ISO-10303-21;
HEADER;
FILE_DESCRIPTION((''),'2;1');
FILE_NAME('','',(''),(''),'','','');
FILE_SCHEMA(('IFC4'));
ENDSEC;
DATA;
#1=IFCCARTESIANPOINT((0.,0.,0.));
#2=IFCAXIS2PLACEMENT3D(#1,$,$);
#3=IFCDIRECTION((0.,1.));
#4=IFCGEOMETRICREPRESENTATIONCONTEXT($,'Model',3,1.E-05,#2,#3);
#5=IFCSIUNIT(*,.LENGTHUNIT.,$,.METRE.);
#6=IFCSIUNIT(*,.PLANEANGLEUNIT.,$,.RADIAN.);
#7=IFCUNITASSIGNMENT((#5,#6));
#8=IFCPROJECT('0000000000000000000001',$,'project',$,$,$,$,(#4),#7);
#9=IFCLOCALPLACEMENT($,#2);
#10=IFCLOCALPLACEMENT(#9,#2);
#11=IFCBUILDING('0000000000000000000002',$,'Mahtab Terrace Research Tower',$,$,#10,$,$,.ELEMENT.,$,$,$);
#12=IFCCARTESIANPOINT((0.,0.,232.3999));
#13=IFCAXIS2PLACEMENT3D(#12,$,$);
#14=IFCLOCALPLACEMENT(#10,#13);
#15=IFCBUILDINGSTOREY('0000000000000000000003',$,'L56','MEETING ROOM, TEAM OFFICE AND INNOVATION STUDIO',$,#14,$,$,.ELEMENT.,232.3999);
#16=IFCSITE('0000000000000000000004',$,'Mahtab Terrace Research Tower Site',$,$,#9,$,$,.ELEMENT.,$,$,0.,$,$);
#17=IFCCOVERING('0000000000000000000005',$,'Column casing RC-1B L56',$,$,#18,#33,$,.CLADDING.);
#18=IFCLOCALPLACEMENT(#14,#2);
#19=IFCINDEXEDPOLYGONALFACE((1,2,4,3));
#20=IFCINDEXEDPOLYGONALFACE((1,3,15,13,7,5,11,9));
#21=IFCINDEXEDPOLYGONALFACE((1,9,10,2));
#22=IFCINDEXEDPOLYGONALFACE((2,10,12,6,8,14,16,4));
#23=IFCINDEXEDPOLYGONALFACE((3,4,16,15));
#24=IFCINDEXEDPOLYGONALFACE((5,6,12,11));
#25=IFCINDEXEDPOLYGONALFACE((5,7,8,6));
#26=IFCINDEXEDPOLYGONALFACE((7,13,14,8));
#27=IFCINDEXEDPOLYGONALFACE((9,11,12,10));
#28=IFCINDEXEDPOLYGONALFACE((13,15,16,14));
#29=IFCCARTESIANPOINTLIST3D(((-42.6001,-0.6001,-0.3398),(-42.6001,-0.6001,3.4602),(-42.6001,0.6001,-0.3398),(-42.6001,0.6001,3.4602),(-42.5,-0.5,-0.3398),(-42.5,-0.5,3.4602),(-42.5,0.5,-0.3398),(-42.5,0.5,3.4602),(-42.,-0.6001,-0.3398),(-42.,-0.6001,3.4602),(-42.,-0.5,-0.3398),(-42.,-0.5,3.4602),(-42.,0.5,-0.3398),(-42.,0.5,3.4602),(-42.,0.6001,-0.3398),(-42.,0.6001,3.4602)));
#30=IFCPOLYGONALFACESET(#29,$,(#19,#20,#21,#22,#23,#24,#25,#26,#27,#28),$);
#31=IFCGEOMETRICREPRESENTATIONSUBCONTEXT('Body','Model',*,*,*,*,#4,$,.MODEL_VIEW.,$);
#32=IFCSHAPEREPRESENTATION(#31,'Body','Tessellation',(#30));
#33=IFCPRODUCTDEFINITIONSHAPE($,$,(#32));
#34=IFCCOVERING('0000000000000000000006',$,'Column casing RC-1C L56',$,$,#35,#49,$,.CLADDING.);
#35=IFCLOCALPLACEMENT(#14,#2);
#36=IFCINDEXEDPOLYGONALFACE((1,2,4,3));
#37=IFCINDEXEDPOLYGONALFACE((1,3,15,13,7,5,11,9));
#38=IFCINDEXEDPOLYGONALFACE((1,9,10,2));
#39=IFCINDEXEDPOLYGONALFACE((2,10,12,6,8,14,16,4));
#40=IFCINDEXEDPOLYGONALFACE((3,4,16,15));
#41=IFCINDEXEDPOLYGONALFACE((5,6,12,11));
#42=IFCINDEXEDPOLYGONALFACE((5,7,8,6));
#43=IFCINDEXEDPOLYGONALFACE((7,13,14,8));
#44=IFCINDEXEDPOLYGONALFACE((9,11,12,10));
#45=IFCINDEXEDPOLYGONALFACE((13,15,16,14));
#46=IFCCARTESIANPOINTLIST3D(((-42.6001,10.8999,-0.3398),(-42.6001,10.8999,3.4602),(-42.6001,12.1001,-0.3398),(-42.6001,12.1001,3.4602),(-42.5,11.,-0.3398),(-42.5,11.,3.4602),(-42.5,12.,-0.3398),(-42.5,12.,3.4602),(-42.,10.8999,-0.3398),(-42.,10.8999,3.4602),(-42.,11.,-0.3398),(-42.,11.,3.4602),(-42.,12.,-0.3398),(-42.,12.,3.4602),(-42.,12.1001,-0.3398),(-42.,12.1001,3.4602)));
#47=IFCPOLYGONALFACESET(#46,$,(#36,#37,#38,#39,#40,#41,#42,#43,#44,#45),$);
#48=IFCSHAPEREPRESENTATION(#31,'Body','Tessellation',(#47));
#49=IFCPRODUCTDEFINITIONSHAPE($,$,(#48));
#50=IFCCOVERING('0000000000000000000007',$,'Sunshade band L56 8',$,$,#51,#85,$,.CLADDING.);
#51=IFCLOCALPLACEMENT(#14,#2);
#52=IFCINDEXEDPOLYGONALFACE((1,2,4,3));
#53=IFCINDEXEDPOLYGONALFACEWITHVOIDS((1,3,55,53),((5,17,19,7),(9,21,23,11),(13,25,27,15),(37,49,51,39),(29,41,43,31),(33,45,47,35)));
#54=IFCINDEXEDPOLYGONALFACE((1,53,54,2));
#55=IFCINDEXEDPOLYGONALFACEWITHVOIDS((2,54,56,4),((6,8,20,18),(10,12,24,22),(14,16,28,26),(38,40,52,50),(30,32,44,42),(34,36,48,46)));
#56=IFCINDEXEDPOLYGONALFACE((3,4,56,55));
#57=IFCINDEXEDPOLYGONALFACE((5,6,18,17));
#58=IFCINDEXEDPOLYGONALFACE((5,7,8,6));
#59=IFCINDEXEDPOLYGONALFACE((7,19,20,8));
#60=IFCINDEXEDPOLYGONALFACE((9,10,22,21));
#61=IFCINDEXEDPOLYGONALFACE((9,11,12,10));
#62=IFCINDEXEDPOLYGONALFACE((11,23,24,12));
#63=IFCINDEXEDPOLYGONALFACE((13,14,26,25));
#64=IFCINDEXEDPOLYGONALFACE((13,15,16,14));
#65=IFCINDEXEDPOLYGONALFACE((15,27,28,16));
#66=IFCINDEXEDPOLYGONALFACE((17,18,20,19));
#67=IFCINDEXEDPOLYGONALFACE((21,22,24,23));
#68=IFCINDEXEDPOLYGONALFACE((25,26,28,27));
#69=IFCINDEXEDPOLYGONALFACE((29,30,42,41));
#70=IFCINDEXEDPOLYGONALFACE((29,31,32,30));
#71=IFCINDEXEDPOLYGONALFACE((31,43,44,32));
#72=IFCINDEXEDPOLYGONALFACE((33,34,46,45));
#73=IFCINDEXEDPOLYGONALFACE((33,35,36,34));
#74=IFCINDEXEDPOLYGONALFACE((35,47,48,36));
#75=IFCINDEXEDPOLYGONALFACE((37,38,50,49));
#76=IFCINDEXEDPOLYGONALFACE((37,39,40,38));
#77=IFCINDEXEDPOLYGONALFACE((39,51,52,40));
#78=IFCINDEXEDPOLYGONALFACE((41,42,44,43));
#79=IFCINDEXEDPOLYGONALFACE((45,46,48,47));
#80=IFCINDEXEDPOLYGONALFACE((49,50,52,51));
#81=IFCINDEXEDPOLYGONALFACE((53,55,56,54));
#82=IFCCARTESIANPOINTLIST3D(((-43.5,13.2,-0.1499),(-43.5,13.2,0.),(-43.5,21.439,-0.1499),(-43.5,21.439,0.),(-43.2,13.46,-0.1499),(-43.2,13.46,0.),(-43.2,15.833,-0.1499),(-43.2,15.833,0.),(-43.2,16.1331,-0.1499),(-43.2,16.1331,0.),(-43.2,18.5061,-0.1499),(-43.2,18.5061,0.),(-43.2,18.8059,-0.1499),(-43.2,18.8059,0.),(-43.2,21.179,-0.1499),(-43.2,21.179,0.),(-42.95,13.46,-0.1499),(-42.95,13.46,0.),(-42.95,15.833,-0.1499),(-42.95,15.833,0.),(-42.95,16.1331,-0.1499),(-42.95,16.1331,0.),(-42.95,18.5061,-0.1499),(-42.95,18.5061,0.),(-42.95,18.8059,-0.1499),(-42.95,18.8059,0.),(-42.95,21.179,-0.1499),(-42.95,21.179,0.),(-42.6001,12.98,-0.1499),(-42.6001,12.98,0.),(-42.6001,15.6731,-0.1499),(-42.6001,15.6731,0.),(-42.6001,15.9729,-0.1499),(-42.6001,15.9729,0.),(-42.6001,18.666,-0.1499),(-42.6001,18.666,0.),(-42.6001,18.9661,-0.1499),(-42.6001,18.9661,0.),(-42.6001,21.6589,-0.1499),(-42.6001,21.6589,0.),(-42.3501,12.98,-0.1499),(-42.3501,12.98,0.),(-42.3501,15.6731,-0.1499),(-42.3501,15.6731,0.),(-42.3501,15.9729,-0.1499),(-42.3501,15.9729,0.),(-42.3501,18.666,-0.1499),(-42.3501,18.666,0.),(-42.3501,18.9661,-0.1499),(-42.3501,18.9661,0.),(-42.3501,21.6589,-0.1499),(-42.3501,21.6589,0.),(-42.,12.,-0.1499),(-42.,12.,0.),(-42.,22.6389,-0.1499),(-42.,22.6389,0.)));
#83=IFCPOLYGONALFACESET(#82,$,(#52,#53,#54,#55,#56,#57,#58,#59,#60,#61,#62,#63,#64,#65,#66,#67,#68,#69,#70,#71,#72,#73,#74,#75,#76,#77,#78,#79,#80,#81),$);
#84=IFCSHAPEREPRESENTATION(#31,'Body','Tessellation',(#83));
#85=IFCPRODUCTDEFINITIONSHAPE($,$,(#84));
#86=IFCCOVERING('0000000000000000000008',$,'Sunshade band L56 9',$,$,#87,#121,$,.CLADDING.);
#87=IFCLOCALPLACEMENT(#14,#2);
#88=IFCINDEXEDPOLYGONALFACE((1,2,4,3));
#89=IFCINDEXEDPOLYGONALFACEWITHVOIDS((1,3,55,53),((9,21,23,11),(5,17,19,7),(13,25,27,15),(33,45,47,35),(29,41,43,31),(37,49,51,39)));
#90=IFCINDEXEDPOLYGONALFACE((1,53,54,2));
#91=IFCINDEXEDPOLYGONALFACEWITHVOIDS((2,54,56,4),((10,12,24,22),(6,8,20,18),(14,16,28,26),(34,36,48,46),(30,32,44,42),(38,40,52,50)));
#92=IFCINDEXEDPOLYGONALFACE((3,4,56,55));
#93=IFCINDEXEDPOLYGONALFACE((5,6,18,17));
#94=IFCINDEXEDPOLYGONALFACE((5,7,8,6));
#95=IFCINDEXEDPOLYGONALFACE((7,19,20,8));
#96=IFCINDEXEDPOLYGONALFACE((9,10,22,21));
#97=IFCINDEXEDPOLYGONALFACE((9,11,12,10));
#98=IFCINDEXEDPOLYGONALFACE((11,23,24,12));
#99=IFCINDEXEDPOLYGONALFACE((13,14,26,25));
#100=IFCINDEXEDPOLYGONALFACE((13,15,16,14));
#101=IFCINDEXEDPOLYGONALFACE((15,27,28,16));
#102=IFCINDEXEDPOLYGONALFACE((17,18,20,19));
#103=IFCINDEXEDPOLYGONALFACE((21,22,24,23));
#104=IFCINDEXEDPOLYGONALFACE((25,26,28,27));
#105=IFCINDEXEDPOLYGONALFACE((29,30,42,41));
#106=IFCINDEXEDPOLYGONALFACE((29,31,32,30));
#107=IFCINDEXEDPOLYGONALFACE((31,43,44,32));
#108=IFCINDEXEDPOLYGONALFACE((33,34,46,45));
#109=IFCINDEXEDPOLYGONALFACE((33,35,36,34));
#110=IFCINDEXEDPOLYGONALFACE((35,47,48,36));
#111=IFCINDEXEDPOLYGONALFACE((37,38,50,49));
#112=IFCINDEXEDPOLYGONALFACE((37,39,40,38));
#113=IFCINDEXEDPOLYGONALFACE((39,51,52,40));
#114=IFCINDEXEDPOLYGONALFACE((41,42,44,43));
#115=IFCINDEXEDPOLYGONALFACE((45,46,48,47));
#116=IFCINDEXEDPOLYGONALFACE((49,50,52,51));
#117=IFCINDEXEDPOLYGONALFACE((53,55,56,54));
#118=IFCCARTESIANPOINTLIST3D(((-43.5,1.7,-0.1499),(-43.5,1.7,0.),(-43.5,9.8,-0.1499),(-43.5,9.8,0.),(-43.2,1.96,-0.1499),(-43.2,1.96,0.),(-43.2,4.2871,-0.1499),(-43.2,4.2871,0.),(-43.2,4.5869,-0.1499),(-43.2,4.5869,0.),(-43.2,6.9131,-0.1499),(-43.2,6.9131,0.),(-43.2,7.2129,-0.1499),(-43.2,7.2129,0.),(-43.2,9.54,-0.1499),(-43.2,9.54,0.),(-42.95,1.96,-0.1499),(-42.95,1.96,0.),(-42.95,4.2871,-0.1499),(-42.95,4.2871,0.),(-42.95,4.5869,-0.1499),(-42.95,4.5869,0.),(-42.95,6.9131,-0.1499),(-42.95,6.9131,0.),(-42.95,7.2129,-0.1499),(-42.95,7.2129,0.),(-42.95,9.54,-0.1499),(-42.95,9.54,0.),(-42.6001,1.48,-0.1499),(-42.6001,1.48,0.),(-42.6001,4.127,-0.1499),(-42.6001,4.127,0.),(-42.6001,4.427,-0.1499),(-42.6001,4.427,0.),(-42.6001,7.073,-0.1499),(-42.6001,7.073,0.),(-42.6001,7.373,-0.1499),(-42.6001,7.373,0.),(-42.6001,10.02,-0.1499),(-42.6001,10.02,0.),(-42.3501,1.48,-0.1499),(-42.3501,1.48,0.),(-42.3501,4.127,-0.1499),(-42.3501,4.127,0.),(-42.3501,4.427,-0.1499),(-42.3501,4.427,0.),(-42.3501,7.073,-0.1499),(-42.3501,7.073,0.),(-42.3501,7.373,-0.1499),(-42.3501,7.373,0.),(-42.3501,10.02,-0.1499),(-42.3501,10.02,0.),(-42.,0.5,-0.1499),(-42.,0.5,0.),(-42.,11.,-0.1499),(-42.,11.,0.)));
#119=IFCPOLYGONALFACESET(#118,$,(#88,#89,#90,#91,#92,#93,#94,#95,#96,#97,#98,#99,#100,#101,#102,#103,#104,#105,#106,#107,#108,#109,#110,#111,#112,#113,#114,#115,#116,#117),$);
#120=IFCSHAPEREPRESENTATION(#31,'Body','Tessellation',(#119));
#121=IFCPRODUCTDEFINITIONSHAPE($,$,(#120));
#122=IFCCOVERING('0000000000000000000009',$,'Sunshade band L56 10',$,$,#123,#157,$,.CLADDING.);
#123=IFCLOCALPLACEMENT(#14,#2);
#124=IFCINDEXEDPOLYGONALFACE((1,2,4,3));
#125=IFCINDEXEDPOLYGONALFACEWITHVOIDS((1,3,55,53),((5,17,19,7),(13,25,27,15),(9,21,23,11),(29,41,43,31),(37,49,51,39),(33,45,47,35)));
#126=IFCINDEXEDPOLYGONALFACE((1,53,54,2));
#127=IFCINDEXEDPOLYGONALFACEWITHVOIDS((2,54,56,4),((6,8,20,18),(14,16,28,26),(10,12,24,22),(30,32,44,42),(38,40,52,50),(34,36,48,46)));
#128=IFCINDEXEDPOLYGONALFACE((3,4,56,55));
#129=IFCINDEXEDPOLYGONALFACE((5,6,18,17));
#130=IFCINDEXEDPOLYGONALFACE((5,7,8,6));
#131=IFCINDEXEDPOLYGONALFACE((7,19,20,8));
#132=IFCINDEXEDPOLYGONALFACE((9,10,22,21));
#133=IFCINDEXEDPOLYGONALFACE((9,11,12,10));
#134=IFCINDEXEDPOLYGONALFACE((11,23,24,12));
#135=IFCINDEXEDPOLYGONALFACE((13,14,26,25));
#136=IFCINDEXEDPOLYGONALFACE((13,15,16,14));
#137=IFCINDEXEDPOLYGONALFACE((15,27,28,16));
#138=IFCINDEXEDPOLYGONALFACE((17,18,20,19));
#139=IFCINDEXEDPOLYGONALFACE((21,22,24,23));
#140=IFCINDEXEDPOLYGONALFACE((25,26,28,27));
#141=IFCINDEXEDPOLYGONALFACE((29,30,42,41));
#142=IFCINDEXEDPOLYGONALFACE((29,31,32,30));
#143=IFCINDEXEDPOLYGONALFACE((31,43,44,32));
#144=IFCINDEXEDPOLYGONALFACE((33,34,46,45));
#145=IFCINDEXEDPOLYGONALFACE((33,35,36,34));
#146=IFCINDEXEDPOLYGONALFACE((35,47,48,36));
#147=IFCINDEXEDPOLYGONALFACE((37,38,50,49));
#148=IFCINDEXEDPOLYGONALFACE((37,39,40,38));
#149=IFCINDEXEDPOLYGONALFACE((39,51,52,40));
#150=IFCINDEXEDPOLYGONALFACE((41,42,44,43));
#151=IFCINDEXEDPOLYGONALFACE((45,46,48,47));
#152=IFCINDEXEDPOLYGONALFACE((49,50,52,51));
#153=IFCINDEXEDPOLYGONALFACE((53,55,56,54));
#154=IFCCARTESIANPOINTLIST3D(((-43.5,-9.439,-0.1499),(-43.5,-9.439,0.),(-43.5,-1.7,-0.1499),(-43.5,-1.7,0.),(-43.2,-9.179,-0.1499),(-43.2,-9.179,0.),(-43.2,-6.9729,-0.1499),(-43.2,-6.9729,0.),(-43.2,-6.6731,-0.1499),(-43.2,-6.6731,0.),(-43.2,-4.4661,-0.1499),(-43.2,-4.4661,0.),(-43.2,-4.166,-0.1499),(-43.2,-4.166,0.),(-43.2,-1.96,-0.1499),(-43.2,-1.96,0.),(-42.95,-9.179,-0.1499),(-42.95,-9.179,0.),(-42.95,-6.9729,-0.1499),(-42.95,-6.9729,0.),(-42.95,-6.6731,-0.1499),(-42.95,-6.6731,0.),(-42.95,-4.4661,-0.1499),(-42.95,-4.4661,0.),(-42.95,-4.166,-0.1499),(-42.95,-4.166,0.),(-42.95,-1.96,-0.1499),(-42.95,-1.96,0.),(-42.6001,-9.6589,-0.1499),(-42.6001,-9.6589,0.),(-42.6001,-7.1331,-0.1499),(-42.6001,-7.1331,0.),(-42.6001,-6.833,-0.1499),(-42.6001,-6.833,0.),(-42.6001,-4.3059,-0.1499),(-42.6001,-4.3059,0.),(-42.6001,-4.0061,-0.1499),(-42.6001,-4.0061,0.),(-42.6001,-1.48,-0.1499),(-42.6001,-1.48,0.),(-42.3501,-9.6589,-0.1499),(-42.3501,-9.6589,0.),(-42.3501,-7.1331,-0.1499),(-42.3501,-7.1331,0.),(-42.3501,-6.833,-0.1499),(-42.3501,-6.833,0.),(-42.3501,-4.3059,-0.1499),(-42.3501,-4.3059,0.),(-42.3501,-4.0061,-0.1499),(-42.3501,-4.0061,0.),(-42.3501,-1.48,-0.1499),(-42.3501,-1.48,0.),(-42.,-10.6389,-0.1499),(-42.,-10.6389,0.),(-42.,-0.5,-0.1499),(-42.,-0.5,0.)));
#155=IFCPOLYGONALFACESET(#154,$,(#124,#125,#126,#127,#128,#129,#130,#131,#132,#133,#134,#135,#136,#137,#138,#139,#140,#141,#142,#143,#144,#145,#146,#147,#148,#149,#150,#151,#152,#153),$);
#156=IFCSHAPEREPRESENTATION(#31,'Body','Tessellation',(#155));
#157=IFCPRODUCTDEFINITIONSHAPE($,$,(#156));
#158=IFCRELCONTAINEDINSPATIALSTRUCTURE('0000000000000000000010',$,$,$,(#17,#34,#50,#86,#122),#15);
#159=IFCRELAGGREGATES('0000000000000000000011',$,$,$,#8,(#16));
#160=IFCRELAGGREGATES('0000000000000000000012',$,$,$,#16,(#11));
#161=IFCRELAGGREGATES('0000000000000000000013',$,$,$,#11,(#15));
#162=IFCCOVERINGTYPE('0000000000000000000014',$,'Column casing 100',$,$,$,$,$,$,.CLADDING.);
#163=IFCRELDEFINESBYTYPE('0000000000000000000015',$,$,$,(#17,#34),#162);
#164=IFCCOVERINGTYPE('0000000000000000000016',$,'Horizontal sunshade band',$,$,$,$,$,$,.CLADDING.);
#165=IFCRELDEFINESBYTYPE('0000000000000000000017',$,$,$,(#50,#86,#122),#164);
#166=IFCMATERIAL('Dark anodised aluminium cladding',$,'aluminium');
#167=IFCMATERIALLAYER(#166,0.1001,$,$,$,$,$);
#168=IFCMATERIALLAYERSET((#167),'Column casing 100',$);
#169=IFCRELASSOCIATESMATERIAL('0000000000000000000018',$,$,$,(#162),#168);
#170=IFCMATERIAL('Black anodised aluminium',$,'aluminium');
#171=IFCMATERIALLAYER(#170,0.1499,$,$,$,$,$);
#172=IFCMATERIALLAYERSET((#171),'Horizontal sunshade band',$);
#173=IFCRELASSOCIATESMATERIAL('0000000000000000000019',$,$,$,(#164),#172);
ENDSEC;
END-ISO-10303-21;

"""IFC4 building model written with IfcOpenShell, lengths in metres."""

from ifc_helpers import new_model, si_unit, direction, frame, origin, place, context, subcontext, project, spatial, polyline, outline, extrude, material, layer, layer_set, type_object, element, save


model = new_model("IFC4")

# Units and contexts
model_context = context("Model", 3, precision=1e-05, world=origin(), true_north=direction((0.0, 1.0)))
body_context = subcontext(model_context, "Body", "Model", "MODEL_VIEW")
ifc_project = project(units=[si_unit("LENGTHUNIT", "METRE"), si_unit("PLANEANGLEUNIT", "RADIAN")], contexts=[model_context])

# Site, building, storey
site_placement = place(None, origin())
site = spatial("IfcSite", under=ifc_project, at=site_placement, Name="Mahtab Terrace Research Tower Site", CompositionType="ELEMENT", RefElevation=0.0)
building_placement = place(site_placement, origin())
building = spatial("IfcBuilding", under=site, at=building_placement, Name="Mahtab Terrace Research Tower", CompositionType="ELEMENT")
storey_placement = place(building_placement, frame((0.0, 0.0, 232.3999)))
storey = spatial("IfcBuildingStorey", under=building, at=storey_placement, Name="L56", Description="MEETING ROOM, TEAM OFFICE AND INNOVATION STUDIO", CompositionType="ELEMENT", Elevation=232.3999)

# Coverings
ifc_material_1 = material(Name="Dark anodised aluminium cladding", Category="aluminium")
ifc_layer_1 = layer(ifc_material_1, 0.1001)
ifc_layer_set_1 = layer_set([ifc_layer_1], Name="Column casing 100")
covering_type_1 = type_object("IfcCoveringType", Name="Column casing 100", PredefinedType="CLADDING", material=ifc_layer_set_1)
covering_1_placement = place(storey_placement, frame((0.0, 0.0, -0.3398)))
element("IfcCovering", 1, at=covering_1_placement, inside=storey, type_object=covering_type_1, Name="Column casing RC-1B L56", PredefinedType="CLADDING", context=body_context, shape_type="SweptSolid", body=[
    extrude(outline(polyline([(-42.6001, 0.6001), (-42.0, 0.6001), (-42.0, 0.5), (-42.5, 0.5), (-42.5, -0.5), (-42.0, -0.5), (-42.0, -0.6001), (-42.6001, -0.6001), (-42.6001, 0.6001)])), origin(), (0.0, 0.0, 1.0), 3.8),
])
covering_2_placement = place(storey_placement, frame((0.0, 0.0, -0.3398)))
element("IfcCovering", 2, at=covering_2_placement, inside=storey, type_object=covering_type_1, Name="Column casing RC-1C L56", PredefinedType="CLADDING", context=body_context, shape_type="SweptSolid", body=[
    extrude(outline(polyline([(-42.6001, 12.1001), (-42.0, 12.1001), (-42.0, 12.0), (-42.5, 12.0), (-42.5, 11.0), (-42.0, 11.0), (-42.0, 10.8999), (-42.6001, 10.8999), (-42.6001, 12.1001)])), origin(), (0.0, 0.0, 1.0), 3.8),
])
ifc_material_2 = material(Name="Black anodised aluminium", Category="aluminium")
ifc_layer_2 = layer(ifc_material_2, 0.1499)
ifc_layer_set_2 = layer_set([ifc_layer_2], Name="Horizontal sunshade band")
covering_type_2 = type_object("IfcCoveringType", Name="Horizontal sunshade band", PredefinedType="CLADDING", material=ifc_layer_set_2)
covering_3_placement = place(storey_placement, frame((0.0, 0.0, -0.1499)))
element("IfcCovering", 3, at=covering_3_placement, inside=storey, type_object=covering_type_2, Name="Sunshade band L56 8", PredefinedType="CLADDING", context=body_context, shape_type="SweptSolid", body=[
    extrude(outline(polyline([(-42.0, 22.6389), (-42.0, 12.0), (-43.5, 13.2), (-43.5, 21.439), (-42.0, 22.6389)]), holes=[polyline([(-42.3501, 21.6589), (-42.3501, 18.9661), (-42.6001, 18.9661), (-42.6001, 21.6589), (-42.3501, 21.6589)]), polyline([(-42.3501, 18.666), (-42.3501, 15.9729), (-42.6001, 15.9729), (-42.6001, 18.666), (-42.3501, 18.666)]), polyline([(-42.3501, 15.6731), (-42.3501, 12.98), (-42.6001, 12.98), (-42.6001, 15.6731), (-42.3501, 15.6731)]), polyline([(-42.95, 21.179), (-42.95, 18.8059), (-43.2, 18.8059), (-43.2, 21.179), (-42.95, 21.179)]), polyline([(-42.95, 18.5061), (-42.95, 16.1331), (-43.2, 16.1331), (-43.2, 18.5061), (-42.95, 18.5061)]), polyline([(-42.95, 15.833), (-42.95, 13.46), (-43.2, 13.46), (-43.2, 15.833), (-42.95, 15.833)])]), origin(), (0.0, 0.0, 1.0), 0.1499),
])
covering_4_placement = place(storey_placement, frame((0.0, 0.0, -0.1499)))
element("IfcCovering", 4, at=covering_4_placement, inside=storey, type_object=covering_type_2, Name="Sunshade band L56 9", PredefinedType="CLADDING", context=body_context, shape_type="SweptSolid", body=[
    extrude(outline(polyline([(-42.0, 11.0), (-42.0, 0.5), (-43.5, 1.7), (-43.5, 9.8), (-42.0, 11.0)]), holes=[polyline([(-42.3501, 10.02), (-42.3501, 7.373), (-42.6001, 7.373), (-42.6001, 10.02), (-42.3501, 10.02)]), polyline([(-42.3501, 7.073), (-42.3501, 4.427), (-42.6001, 4.427), (-42.6001, 7.073), (-42.3501, 7.073)]), polyline([(-42.3501, 4.127), (-42.3501, 1.48), (-42.6001, 1.48), (-42.6001, 4.127), (-42.3501, 4.127)]), polyline([(-42.95, 9.54), (-42.95, 7.2129), (-43.2, 7.2129), (-43.2, 9.54), (-42.95, 9.54)]), polyline([(-42.95, 6.9131), (-42.95, 4.5869), (-43.2, 4.5869), (-43.2, 6.9131), (-42.95, 6.9131)]), polyline([(-42.95, 4.2871), (-42.95, 1.96), (-43.2, 1.96), (-43.2, 4.2871), (-42.95, 4.2871)])]), origin(), (0.0, 0.0, 1.0), 0.1499),
])
covering_5_placement = place(storey_placement, frame((0.0, 0.0, -0.1499)))
element("IfcCovering", 5, at=covering_5_placement, inside=storey, type_object=covering_type_2, Name="Sunshade band L56 10", PredefinedType="CLADDING", context=body_context, shape_type="SweptSolid", body=[
    extrude(outline(polyline([(-42.0, -0.5), (-42.0, -10.6389), (-43.5, -9.439), (-43.5, -1.7), (-42.0, -0.5)]), holes=[polyline([(-42.3501, -1.48), (-42.3501, -4.0061), (-42.6001, -4.0061), (-42.6001, -1.48), (-42.3501, -1.48)]), polyline([(-42.3501, -4.3059), (-42.3501, -6.833), (-42.6001, -6.833), (-42.6001, -4.3059), (-42.3501, -4.3059)]), polyline([(-42.3501, -7.1331), (-42.3501, -9.6589), (-42.6001, -9.6589), (-42.6001, -7.1331), (-42.3501, -7.1331)]), polyline([(-42.95, -1.96), (-42.95, -4.166), (-43.2, -4.166), (-43.2, -1.96), (-42.95, -1.96)]), polyline([(-42.95, -4.4661), (-42.95, -6.6731), (-43.2, -6.6731), (-43.2, -4.4661), (-42.95, -4.4661)]), polyline([(-42.95, -6.9729), (-42.95, -9.179), (-43.2, -9.179), (-43.2, -6.9729), (-42.95, -6.9729)])]), origin(), (0.0, 0.0, 1.0), 0.1499),
])

save(model, "model.ifc")
